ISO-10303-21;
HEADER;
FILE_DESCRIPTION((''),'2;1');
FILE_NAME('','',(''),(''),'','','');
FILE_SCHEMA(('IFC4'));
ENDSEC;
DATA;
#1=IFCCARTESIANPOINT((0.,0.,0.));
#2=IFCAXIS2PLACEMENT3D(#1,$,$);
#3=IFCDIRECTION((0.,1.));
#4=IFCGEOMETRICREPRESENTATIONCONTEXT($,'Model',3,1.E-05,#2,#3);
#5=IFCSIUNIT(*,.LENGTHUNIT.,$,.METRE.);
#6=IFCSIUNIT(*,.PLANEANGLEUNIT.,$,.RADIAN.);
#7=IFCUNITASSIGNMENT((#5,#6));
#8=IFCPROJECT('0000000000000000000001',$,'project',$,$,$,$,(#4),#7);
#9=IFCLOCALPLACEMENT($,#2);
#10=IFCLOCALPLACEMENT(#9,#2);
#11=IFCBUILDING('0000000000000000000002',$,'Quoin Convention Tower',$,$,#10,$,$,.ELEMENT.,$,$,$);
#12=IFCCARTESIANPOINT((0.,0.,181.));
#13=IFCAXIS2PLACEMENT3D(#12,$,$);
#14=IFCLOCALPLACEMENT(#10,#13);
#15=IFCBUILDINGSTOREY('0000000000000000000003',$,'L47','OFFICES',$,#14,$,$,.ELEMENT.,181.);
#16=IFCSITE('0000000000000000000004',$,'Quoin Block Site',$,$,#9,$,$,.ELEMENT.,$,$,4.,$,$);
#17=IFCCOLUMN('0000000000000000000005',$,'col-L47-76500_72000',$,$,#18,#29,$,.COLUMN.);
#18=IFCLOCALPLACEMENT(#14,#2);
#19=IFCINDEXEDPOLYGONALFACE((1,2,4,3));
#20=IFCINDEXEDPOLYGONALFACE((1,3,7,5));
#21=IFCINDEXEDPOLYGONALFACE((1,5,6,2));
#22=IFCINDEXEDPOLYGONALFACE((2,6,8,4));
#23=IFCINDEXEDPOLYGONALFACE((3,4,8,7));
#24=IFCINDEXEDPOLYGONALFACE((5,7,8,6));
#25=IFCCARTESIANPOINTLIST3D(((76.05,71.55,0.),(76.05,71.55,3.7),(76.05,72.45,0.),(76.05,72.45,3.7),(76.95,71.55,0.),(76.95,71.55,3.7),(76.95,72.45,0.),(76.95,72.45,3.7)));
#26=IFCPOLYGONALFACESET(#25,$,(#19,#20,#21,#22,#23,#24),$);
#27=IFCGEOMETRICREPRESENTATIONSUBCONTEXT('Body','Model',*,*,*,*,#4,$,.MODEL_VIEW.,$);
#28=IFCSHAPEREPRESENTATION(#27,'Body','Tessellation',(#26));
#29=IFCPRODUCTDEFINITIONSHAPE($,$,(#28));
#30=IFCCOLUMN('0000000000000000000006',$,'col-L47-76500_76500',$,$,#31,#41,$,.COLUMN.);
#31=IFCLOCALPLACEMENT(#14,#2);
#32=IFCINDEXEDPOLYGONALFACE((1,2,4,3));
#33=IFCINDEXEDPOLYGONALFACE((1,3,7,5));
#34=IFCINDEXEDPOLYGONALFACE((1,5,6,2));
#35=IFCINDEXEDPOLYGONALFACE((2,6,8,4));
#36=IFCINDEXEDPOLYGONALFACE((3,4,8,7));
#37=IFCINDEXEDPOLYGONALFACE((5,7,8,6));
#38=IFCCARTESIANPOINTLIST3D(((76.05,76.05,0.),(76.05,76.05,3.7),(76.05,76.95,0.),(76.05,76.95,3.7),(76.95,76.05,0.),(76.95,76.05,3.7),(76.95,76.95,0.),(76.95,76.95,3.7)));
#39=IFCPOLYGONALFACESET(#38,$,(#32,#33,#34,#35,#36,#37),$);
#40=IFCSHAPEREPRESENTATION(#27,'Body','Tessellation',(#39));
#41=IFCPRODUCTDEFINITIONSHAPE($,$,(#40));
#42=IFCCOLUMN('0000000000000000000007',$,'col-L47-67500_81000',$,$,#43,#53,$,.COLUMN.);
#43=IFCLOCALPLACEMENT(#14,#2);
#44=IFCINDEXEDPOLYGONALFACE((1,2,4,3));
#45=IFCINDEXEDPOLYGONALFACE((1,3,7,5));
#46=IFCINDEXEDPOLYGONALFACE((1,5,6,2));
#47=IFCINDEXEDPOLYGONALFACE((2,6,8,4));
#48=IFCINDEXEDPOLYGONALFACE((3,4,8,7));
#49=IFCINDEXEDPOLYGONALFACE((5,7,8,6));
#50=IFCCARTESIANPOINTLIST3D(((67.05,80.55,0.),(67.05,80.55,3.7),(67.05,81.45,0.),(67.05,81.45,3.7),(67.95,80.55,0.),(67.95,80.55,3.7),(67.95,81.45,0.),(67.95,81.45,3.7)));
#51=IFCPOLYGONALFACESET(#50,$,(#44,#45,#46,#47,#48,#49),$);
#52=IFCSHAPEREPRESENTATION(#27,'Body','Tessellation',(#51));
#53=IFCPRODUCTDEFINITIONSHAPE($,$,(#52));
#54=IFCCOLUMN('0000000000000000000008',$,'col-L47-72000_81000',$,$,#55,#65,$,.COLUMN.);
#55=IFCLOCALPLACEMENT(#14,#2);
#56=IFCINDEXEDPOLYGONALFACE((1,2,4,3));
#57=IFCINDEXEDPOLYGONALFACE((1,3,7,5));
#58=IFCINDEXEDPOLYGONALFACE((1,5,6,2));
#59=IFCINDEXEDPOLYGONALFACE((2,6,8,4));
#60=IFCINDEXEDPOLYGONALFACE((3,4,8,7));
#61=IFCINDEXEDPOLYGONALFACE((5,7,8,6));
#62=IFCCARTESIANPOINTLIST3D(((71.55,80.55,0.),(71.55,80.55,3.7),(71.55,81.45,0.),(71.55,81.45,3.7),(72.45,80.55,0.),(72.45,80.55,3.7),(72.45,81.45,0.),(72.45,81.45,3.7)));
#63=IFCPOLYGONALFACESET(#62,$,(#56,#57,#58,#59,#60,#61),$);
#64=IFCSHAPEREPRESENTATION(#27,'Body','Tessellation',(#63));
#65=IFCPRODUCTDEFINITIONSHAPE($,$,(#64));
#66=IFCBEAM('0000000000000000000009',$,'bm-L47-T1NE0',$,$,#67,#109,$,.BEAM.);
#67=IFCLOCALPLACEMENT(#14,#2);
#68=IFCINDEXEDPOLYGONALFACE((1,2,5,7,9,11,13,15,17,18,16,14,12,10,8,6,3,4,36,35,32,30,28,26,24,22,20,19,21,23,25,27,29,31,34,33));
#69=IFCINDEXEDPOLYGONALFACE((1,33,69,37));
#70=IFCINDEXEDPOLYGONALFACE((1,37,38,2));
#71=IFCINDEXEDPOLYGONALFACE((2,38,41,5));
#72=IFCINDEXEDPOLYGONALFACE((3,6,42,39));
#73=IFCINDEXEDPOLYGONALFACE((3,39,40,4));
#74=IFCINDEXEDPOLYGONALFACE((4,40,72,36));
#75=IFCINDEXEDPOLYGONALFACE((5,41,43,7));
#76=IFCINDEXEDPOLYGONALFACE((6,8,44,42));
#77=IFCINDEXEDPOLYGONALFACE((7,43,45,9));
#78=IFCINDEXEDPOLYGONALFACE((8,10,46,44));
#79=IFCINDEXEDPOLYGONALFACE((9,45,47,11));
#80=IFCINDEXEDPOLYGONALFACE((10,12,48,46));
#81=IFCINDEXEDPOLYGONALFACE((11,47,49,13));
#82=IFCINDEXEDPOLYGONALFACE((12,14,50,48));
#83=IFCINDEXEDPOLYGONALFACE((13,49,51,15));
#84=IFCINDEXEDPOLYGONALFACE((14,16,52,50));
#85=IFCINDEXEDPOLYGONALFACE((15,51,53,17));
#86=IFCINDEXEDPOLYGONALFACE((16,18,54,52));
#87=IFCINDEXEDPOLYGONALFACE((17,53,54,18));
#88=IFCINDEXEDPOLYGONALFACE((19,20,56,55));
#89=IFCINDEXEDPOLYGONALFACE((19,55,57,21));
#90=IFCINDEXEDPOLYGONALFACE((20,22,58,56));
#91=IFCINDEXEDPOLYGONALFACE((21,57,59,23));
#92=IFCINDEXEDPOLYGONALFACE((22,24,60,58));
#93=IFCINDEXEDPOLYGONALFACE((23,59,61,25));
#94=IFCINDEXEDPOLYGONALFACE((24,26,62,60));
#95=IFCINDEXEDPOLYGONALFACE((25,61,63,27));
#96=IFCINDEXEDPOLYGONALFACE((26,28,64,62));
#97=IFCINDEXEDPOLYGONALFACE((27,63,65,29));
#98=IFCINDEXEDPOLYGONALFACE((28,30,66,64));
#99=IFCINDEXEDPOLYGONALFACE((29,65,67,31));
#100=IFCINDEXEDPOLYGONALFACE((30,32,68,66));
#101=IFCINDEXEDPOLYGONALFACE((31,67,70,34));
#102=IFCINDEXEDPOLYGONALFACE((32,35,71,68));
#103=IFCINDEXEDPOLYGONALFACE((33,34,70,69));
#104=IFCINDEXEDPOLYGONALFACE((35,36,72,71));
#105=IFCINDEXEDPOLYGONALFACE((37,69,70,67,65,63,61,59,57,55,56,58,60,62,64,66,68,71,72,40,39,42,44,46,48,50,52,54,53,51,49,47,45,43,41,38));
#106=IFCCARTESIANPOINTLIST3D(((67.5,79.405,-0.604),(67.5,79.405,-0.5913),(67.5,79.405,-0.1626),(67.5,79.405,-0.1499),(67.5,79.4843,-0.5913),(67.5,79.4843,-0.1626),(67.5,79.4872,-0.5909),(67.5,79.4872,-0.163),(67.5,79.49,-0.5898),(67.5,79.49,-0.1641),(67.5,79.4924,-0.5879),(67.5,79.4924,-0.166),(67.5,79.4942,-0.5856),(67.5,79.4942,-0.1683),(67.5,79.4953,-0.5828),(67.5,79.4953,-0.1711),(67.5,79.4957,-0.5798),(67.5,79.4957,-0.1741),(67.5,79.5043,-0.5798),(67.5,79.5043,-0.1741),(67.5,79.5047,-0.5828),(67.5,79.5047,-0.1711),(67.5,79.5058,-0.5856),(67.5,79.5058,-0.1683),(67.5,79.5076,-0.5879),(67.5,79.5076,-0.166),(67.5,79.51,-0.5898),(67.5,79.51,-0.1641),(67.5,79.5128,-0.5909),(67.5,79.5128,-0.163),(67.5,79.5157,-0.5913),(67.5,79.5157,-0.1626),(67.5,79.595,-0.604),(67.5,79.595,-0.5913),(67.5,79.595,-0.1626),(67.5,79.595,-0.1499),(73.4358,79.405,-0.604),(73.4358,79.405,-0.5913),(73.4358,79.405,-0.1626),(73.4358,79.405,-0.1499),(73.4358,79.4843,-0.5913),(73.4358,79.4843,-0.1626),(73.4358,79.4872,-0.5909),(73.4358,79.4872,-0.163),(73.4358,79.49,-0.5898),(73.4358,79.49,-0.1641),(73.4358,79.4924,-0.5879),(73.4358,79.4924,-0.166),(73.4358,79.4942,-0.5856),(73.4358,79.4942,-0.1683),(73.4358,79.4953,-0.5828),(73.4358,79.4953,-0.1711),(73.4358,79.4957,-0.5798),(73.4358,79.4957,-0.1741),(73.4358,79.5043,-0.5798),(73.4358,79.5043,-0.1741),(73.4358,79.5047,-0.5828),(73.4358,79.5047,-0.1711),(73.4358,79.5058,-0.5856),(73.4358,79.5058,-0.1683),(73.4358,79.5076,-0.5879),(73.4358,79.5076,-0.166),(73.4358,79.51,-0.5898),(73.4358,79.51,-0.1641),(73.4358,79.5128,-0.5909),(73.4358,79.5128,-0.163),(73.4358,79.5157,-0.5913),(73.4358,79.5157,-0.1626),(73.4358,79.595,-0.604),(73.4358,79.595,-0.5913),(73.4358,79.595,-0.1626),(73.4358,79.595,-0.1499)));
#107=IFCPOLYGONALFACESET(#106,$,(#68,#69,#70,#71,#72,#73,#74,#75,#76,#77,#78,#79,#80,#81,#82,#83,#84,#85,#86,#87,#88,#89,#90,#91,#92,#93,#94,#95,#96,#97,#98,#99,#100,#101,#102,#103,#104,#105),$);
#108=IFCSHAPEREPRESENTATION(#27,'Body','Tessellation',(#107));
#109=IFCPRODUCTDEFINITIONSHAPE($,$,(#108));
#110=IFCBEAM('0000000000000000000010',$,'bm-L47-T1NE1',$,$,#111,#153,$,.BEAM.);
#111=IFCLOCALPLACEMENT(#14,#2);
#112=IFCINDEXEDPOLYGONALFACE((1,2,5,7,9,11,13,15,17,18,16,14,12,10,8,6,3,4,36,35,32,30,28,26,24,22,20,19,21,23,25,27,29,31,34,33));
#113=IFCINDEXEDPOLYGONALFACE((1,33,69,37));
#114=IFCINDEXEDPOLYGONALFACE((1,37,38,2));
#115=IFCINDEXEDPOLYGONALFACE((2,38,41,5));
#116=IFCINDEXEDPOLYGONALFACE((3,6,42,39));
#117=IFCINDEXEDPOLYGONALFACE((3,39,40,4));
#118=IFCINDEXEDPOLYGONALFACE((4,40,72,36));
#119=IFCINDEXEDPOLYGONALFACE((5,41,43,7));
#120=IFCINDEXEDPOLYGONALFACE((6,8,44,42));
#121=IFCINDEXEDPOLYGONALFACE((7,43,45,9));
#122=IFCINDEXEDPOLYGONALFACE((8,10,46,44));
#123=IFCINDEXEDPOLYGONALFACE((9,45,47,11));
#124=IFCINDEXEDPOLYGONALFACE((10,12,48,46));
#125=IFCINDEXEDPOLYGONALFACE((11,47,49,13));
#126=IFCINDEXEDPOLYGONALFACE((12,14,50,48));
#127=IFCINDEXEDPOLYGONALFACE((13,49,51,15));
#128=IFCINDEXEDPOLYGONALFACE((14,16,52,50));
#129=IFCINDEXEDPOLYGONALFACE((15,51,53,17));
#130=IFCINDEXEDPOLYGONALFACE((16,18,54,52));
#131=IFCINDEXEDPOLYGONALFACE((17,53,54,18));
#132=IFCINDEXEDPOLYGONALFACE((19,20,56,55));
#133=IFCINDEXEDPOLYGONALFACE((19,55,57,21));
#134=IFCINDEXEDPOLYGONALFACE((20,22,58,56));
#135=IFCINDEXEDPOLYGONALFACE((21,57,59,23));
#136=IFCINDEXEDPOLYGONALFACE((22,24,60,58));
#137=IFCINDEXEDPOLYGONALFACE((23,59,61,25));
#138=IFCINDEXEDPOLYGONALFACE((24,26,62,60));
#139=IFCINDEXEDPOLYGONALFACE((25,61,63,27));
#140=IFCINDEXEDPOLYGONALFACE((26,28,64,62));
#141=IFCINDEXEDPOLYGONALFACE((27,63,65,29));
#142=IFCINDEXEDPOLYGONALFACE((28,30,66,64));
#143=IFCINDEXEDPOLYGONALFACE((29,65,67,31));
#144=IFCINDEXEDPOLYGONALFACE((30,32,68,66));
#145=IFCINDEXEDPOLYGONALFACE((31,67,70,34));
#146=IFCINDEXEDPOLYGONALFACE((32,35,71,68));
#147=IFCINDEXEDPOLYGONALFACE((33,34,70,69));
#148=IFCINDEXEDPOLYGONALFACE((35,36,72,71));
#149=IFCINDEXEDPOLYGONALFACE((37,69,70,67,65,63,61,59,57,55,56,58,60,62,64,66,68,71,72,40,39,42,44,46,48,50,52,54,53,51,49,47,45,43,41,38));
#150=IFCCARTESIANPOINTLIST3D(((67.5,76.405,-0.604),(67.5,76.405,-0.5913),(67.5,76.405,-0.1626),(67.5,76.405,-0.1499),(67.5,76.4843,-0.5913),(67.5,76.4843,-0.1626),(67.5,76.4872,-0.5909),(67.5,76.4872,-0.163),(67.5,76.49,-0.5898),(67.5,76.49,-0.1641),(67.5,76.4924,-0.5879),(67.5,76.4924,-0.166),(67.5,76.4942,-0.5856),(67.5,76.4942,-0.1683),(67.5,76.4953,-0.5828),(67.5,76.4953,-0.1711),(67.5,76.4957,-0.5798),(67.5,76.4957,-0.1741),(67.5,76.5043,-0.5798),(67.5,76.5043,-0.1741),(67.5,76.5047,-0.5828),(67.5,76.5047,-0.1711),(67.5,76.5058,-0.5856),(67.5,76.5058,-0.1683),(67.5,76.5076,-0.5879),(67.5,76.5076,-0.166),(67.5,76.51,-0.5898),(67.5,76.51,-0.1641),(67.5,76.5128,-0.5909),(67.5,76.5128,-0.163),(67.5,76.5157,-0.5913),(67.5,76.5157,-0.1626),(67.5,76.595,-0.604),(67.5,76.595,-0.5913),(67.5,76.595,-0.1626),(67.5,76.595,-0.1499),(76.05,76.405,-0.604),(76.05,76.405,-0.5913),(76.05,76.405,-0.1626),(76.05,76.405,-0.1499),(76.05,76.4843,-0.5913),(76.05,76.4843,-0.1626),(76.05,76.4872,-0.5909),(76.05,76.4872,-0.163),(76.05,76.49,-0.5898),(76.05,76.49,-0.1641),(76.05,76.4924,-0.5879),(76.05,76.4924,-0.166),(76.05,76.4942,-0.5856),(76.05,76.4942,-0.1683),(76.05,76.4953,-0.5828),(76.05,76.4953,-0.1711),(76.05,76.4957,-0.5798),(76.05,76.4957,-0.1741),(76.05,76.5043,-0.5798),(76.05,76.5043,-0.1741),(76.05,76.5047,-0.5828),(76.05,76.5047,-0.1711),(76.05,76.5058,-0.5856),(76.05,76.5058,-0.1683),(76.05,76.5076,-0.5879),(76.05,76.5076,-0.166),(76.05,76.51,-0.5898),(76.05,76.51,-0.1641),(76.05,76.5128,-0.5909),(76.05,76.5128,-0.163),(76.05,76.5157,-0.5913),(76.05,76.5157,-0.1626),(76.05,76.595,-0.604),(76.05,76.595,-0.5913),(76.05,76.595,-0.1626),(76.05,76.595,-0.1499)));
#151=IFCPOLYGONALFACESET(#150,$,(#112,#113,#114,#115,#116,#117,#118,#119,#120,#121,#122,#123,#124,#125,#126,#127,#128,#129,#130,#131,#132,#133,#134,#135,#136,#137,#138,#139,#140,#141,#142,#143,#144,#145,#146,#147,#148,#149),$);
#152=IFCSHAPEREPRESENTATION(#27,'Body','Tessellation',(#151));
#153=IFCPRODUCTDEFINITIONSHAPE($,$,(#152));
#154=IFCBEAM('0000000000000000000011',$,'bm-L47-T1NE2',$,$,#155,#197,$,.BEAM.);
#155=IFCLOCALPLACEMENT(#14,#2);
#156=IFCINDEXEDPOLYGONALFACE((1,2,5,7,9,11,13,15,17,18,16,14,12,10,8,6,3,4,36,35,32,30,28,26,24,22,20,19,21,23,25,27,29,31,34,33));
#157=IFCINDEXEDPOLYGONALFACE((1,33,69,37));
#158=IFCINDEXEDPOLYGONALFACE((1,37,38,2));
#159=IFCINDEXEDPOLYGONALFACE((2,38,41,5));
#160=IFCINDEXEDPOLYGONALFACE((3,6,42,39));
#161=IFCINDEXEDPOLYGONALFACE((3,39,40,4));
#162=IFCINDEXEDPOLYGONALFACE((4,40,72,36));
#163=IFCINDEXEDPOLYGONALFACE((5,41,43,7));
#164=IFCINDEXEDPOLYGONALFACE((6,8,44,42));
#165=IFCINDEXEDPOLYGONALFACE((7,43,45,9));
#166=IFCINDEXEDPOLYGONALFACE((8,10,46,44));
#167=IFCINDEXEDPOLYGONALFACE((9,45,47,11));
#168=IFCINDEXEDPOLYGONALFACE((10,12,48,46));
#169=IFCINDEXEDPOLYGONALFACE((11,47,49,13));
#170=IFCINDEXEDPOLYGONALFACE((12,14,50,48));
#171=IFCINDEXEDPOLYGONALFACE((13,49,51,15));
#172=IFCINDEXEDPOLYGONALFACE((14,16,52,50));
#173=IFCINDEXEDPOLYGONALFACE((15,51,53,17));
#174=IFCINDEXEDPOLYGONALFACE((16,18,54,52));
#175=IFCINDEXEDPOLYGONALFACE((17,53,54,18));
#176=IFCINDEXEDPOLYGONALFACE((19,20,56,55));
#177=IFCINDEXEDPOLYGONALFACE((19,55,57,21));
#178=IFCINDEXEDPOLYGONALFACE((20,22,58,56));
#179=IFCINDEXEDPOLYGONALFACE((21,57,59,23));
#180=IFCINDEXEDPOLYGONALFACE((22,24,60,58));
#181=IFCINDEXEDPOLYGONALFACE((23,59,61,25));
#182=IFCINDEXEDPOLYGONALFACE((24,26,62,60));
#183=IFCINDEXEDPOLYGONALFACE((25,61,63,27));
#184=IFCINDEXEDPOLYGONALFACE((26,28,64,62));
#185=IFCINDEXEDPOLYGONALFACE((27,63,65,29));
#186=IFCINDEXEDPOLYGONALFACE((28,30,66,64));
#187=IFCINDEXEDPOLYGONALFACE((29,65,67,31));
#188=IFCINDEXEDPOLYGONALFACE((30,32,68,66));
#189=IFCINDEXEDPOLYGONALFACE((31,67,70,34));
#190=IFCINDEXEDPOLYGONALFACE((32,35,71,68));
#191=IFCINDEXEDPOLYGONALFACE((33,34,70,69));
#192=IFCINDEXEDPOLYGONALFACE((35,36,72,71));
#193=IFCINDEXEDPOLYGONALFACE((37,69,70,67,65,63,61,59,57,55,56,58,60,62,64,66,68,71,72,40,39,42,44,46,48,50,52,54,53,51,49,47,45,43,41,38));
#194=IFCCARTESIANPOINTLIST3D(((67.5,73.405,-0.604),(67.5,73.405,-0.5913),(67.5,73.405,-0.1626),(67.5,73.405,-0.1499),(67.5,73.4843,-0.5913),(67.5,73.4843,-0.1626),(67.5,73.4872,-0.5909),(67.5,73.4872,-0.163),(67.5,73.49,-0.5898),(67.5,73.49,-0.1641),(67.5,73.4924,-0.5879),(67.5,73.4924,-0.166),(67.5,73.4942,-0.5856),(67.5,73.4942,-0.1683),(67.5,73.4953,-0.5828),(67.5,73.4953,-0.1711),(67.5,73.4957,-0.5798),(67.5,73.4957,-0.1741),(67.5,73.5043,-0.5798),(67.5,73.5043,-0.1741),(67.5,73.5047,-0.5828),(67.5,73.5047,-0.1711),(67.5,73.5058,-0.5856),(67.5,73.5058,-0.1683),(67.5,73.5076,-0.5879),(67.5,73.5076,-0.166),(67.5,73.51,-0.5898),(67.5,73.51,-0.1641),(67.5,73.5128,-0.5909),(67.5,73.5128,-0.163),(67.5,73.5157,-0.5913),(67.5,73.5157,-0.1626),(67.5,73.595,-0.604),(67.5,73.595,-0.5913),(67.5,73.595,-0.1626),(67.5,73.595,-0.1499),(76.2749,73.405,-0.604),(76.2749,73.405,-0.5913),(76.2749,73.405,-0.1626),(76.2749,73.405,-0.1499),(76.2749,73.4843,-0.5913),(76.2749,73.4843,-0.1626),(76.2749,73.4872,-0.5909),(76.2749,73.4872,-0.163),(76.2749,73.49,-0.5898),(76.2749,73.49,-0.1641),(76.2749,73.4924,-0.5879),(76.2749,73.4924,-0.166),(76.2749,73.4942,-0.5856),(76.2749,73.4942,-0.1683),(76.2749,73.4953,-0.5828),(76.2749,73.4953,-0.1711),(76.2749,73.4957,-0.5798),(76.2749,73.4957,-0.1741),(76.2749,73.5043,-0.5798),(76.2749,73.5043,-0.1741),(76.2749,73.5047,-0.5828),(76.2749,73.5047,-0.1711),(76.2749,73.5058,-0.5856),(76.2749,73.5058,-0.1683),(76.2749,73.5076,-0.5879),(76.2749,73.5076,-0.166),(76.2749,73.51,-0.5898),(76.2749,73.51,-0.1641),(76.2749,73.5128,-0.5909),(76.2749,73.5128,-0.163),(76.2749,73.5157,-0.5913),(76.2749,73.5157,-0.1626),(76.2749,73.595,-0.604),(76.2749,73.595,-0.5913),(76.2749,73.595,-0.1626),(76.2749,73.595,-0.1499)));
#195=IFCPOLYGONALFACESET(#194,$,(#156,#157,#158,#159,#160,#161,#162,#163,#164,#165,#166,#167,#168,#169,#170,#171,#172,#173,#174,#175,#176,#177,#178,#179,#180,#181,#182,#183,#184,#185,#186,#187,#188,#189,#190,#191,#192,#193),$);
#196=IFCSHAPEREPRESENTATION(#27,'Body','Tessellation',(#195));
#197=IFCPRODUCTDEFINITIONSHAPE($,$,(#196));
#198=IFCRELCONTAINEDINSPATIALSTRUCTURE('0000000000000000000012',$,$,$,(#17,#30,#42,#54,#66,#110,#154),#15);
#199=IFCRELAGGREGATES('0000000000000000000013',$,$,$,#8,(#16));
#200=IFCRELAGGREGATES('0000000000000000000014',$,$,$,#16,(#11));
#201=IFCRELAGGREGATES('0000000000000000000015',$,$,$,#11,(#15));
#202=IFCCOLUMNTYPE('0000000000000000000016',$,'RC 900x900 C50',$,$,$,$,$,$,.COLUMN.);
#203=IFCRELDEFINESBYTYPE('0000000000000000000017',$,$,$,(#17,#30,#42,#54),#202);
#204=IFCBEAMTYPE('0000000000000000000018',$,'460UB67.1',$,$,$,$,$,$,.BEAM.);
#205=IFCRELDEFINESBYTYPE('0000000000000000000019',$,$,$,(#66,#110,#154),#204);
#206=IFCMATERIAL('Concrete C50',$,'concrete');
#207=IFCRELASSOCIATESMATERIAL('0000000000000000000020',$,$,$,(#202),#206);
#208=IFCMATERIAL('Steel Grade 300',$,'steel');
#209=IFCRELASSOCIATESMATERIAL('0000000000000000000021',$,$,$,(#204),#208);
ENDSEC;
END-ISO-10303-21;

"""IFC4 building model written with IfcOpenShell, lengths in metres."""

from ifc_helpers import new_model, si_unit, direction, frame, origin, origin_2d, place, context, subcontext, project, spatial, rectangle, i_section, extrude, material, material_profile, profile_set, type_object, element, save


model = new_model("IFC4")

# Units and contexts
model_context = context("Model", 3, precision=1e-05, world=origin(), true_north=direction((0.0, 1.0)))
body_context = subcontext(model_context, "Body", "Model", "MODEL_VIEW")
ifc_project = project(units=[si_unit("LENGTHUNIT", "METRE"), si_unit("PLANEANGLEUNIT", "RADIAN")], contexts=[model_context])

# Site, building, storey
site_placement = place(None, origin())
site = spatial("IfcSite", under=ifc_project, at=site_placement, Name="Quoin Block Site", CompositionType="ELEMENT", RefElevation=4.0)
building_placement = place(site_placement, origin())
building = spatial("IfcBuilding", under=site, at=building_placement, Name="Quoin Convention Tower", CompositionType="ELEMENT")
storey_placement = place(building_placement, frame((0.0, 0.0, 181.0)))
storey = spatial("IfcBuildingStorey", under=building, at=storey_placement, Name="L47", Description="OFFICES", CompositionType="ELEMENT", Elevation=181.0)

# Columns
ifc_material_1 = material(Name="Concrete C50", Category="concrete")
ifc_material_profile_1 = material_profile(ifc_material_1, rectangle(XDim=0.8999, YDim=0.8999, at=origin_2d()), Name="RC 900x900")
ifc_profile_set_1 = profile_set([ifc_material_profile_1], Name="Concrete C50")
column_type = type_object("IfcColumnType", Name="RC 900x900 C50", PredefinedType="COLUMN", material=ifc_profile_set_1)
for number, where, z_axis, x_axis, name in (
    (1, (76.5, 72.0, 0.0), (0.0, 0.0, 1.0), (1.0, 0.0, 0.0), "col-L47-76500_72000"),
    (2, (76.5, 76.5, 0.0), (0.0, 0.0, 1.0), (1.0, 0.0, 0.0), "col-L47-76500_76500"),
    (3, (67.5, 81.0, 0.0), (0.0, 0.0, 1.0), (1.0, 0.0, 0.0), "col-L47-67500_81000"),
    (4, (72.0, 81.0, 0.0), (0.0, 0.0, 1.0), (1.0, 0.0, 0.0), "col-L47-72000_81000"),
):
    element("IfcColumn", number, at=place(storey_placement, frame(where, z_axis=z_axis, x_axis=x_axis)), inside=storey, type_object=column_type, Name=name, PredefinedType="COLUMN", context=body_context, shape_type="SweptSolid", body=[
        extrude(rectangle(XDim=0.8999, YDim=0.8999, at=origin_2d()), origin(), (0.0, 0.0, 1.0), 3.7),
    ])

# Beams
ifc_material_2 = material(Name="Steel Grade 300", Category="steel")
ifc_material_profile_2 = material_profile(ifc_material_2, i_section(OverallWidth=0.1899, OverallDepth=0.4541, WebThickness=0.0085, FlangeThickness=0.0127, FilletRadius=0.0115, at=origin_2d()), Name="460UB67.1")
ifc_profile_set_2 = profile_set([ifc_material_profile_2], Name="Steel Grade 300")
beam_type_1 = type_object("IfcBeamType", Name="460UB67.1", PredefinedType="BEAM", material=ifc_profile_set_2)
beam_1_placement = place(storey_placement, frame((67.5, 79.5, -0.377), z_axis=(1.0, 0.0, 0.0), x_axis=(0.0, 1.0, 0.0)))
element("IfcBeam", 5, at=beam_1_placement, inside=storey, type_object=beam_type_1, Name="bm-L47-T1NE0", PredefinedType="BEAM", context=body_context, shape_type="SweptSolid", body=[
    extrude(i_section(OverallWidth=0.1899, OverallDepth=0.4541, WebThickness=0.0085, FlangeThickness=0.0127, FilletRadius=0.0115, at=origin_2d()), origin(), (0.0, 0.0, 1.0), 5.9358),
])
beam_2_placement = place(storey_placement, frame((67.5, 76.5, -0.377), z_axis=(1.0, 0.0, 0.0), x_axis=(0.0, 1.0, 0.0)))
element("IfcBeam", 6, at=beam_2_placement, inside=storey, type_object=beam_type_1, Name="bm-L47-T1NE1", PredefinedType="BEAM", context=body_context, shape_type="SweptSolid", body=[
    extrude(i_section(OverallWidth=0.1899, OverallDepth=0.4541, WebThickness=0.0085, FlangeThickness=0.0127, FilletRadius=0.0115, at=origin_2d()), origin(), (0.0, 0.0, 1.0), 8.55),
])
beam_3_placement = place(storey_placement, frame((67.5, 73.5, -0.377), z_axis=(1.0, 0.0, 0.0), x_axis=(0.0, 1.0, 0.0)))
element("IfcBeam", 7, at=beam_3_placement, inside=storey, type_object=beam_type_1, Name="bm-L47-T1NE2", PredefinedType="BEAM", context=body_context, shape_type="SweptSolid", body=[
    extrude(i_section(OverallWidth=0.1899, OverallDepth=0.4541, WebThickness=0.0085, FlangeThickness=0.0127, FilletRadius=0.0115, at=origin_2d()), origin(), (0.0, 0.0, 1.0), 8.7749),
])

save(model, "model.ifc")
